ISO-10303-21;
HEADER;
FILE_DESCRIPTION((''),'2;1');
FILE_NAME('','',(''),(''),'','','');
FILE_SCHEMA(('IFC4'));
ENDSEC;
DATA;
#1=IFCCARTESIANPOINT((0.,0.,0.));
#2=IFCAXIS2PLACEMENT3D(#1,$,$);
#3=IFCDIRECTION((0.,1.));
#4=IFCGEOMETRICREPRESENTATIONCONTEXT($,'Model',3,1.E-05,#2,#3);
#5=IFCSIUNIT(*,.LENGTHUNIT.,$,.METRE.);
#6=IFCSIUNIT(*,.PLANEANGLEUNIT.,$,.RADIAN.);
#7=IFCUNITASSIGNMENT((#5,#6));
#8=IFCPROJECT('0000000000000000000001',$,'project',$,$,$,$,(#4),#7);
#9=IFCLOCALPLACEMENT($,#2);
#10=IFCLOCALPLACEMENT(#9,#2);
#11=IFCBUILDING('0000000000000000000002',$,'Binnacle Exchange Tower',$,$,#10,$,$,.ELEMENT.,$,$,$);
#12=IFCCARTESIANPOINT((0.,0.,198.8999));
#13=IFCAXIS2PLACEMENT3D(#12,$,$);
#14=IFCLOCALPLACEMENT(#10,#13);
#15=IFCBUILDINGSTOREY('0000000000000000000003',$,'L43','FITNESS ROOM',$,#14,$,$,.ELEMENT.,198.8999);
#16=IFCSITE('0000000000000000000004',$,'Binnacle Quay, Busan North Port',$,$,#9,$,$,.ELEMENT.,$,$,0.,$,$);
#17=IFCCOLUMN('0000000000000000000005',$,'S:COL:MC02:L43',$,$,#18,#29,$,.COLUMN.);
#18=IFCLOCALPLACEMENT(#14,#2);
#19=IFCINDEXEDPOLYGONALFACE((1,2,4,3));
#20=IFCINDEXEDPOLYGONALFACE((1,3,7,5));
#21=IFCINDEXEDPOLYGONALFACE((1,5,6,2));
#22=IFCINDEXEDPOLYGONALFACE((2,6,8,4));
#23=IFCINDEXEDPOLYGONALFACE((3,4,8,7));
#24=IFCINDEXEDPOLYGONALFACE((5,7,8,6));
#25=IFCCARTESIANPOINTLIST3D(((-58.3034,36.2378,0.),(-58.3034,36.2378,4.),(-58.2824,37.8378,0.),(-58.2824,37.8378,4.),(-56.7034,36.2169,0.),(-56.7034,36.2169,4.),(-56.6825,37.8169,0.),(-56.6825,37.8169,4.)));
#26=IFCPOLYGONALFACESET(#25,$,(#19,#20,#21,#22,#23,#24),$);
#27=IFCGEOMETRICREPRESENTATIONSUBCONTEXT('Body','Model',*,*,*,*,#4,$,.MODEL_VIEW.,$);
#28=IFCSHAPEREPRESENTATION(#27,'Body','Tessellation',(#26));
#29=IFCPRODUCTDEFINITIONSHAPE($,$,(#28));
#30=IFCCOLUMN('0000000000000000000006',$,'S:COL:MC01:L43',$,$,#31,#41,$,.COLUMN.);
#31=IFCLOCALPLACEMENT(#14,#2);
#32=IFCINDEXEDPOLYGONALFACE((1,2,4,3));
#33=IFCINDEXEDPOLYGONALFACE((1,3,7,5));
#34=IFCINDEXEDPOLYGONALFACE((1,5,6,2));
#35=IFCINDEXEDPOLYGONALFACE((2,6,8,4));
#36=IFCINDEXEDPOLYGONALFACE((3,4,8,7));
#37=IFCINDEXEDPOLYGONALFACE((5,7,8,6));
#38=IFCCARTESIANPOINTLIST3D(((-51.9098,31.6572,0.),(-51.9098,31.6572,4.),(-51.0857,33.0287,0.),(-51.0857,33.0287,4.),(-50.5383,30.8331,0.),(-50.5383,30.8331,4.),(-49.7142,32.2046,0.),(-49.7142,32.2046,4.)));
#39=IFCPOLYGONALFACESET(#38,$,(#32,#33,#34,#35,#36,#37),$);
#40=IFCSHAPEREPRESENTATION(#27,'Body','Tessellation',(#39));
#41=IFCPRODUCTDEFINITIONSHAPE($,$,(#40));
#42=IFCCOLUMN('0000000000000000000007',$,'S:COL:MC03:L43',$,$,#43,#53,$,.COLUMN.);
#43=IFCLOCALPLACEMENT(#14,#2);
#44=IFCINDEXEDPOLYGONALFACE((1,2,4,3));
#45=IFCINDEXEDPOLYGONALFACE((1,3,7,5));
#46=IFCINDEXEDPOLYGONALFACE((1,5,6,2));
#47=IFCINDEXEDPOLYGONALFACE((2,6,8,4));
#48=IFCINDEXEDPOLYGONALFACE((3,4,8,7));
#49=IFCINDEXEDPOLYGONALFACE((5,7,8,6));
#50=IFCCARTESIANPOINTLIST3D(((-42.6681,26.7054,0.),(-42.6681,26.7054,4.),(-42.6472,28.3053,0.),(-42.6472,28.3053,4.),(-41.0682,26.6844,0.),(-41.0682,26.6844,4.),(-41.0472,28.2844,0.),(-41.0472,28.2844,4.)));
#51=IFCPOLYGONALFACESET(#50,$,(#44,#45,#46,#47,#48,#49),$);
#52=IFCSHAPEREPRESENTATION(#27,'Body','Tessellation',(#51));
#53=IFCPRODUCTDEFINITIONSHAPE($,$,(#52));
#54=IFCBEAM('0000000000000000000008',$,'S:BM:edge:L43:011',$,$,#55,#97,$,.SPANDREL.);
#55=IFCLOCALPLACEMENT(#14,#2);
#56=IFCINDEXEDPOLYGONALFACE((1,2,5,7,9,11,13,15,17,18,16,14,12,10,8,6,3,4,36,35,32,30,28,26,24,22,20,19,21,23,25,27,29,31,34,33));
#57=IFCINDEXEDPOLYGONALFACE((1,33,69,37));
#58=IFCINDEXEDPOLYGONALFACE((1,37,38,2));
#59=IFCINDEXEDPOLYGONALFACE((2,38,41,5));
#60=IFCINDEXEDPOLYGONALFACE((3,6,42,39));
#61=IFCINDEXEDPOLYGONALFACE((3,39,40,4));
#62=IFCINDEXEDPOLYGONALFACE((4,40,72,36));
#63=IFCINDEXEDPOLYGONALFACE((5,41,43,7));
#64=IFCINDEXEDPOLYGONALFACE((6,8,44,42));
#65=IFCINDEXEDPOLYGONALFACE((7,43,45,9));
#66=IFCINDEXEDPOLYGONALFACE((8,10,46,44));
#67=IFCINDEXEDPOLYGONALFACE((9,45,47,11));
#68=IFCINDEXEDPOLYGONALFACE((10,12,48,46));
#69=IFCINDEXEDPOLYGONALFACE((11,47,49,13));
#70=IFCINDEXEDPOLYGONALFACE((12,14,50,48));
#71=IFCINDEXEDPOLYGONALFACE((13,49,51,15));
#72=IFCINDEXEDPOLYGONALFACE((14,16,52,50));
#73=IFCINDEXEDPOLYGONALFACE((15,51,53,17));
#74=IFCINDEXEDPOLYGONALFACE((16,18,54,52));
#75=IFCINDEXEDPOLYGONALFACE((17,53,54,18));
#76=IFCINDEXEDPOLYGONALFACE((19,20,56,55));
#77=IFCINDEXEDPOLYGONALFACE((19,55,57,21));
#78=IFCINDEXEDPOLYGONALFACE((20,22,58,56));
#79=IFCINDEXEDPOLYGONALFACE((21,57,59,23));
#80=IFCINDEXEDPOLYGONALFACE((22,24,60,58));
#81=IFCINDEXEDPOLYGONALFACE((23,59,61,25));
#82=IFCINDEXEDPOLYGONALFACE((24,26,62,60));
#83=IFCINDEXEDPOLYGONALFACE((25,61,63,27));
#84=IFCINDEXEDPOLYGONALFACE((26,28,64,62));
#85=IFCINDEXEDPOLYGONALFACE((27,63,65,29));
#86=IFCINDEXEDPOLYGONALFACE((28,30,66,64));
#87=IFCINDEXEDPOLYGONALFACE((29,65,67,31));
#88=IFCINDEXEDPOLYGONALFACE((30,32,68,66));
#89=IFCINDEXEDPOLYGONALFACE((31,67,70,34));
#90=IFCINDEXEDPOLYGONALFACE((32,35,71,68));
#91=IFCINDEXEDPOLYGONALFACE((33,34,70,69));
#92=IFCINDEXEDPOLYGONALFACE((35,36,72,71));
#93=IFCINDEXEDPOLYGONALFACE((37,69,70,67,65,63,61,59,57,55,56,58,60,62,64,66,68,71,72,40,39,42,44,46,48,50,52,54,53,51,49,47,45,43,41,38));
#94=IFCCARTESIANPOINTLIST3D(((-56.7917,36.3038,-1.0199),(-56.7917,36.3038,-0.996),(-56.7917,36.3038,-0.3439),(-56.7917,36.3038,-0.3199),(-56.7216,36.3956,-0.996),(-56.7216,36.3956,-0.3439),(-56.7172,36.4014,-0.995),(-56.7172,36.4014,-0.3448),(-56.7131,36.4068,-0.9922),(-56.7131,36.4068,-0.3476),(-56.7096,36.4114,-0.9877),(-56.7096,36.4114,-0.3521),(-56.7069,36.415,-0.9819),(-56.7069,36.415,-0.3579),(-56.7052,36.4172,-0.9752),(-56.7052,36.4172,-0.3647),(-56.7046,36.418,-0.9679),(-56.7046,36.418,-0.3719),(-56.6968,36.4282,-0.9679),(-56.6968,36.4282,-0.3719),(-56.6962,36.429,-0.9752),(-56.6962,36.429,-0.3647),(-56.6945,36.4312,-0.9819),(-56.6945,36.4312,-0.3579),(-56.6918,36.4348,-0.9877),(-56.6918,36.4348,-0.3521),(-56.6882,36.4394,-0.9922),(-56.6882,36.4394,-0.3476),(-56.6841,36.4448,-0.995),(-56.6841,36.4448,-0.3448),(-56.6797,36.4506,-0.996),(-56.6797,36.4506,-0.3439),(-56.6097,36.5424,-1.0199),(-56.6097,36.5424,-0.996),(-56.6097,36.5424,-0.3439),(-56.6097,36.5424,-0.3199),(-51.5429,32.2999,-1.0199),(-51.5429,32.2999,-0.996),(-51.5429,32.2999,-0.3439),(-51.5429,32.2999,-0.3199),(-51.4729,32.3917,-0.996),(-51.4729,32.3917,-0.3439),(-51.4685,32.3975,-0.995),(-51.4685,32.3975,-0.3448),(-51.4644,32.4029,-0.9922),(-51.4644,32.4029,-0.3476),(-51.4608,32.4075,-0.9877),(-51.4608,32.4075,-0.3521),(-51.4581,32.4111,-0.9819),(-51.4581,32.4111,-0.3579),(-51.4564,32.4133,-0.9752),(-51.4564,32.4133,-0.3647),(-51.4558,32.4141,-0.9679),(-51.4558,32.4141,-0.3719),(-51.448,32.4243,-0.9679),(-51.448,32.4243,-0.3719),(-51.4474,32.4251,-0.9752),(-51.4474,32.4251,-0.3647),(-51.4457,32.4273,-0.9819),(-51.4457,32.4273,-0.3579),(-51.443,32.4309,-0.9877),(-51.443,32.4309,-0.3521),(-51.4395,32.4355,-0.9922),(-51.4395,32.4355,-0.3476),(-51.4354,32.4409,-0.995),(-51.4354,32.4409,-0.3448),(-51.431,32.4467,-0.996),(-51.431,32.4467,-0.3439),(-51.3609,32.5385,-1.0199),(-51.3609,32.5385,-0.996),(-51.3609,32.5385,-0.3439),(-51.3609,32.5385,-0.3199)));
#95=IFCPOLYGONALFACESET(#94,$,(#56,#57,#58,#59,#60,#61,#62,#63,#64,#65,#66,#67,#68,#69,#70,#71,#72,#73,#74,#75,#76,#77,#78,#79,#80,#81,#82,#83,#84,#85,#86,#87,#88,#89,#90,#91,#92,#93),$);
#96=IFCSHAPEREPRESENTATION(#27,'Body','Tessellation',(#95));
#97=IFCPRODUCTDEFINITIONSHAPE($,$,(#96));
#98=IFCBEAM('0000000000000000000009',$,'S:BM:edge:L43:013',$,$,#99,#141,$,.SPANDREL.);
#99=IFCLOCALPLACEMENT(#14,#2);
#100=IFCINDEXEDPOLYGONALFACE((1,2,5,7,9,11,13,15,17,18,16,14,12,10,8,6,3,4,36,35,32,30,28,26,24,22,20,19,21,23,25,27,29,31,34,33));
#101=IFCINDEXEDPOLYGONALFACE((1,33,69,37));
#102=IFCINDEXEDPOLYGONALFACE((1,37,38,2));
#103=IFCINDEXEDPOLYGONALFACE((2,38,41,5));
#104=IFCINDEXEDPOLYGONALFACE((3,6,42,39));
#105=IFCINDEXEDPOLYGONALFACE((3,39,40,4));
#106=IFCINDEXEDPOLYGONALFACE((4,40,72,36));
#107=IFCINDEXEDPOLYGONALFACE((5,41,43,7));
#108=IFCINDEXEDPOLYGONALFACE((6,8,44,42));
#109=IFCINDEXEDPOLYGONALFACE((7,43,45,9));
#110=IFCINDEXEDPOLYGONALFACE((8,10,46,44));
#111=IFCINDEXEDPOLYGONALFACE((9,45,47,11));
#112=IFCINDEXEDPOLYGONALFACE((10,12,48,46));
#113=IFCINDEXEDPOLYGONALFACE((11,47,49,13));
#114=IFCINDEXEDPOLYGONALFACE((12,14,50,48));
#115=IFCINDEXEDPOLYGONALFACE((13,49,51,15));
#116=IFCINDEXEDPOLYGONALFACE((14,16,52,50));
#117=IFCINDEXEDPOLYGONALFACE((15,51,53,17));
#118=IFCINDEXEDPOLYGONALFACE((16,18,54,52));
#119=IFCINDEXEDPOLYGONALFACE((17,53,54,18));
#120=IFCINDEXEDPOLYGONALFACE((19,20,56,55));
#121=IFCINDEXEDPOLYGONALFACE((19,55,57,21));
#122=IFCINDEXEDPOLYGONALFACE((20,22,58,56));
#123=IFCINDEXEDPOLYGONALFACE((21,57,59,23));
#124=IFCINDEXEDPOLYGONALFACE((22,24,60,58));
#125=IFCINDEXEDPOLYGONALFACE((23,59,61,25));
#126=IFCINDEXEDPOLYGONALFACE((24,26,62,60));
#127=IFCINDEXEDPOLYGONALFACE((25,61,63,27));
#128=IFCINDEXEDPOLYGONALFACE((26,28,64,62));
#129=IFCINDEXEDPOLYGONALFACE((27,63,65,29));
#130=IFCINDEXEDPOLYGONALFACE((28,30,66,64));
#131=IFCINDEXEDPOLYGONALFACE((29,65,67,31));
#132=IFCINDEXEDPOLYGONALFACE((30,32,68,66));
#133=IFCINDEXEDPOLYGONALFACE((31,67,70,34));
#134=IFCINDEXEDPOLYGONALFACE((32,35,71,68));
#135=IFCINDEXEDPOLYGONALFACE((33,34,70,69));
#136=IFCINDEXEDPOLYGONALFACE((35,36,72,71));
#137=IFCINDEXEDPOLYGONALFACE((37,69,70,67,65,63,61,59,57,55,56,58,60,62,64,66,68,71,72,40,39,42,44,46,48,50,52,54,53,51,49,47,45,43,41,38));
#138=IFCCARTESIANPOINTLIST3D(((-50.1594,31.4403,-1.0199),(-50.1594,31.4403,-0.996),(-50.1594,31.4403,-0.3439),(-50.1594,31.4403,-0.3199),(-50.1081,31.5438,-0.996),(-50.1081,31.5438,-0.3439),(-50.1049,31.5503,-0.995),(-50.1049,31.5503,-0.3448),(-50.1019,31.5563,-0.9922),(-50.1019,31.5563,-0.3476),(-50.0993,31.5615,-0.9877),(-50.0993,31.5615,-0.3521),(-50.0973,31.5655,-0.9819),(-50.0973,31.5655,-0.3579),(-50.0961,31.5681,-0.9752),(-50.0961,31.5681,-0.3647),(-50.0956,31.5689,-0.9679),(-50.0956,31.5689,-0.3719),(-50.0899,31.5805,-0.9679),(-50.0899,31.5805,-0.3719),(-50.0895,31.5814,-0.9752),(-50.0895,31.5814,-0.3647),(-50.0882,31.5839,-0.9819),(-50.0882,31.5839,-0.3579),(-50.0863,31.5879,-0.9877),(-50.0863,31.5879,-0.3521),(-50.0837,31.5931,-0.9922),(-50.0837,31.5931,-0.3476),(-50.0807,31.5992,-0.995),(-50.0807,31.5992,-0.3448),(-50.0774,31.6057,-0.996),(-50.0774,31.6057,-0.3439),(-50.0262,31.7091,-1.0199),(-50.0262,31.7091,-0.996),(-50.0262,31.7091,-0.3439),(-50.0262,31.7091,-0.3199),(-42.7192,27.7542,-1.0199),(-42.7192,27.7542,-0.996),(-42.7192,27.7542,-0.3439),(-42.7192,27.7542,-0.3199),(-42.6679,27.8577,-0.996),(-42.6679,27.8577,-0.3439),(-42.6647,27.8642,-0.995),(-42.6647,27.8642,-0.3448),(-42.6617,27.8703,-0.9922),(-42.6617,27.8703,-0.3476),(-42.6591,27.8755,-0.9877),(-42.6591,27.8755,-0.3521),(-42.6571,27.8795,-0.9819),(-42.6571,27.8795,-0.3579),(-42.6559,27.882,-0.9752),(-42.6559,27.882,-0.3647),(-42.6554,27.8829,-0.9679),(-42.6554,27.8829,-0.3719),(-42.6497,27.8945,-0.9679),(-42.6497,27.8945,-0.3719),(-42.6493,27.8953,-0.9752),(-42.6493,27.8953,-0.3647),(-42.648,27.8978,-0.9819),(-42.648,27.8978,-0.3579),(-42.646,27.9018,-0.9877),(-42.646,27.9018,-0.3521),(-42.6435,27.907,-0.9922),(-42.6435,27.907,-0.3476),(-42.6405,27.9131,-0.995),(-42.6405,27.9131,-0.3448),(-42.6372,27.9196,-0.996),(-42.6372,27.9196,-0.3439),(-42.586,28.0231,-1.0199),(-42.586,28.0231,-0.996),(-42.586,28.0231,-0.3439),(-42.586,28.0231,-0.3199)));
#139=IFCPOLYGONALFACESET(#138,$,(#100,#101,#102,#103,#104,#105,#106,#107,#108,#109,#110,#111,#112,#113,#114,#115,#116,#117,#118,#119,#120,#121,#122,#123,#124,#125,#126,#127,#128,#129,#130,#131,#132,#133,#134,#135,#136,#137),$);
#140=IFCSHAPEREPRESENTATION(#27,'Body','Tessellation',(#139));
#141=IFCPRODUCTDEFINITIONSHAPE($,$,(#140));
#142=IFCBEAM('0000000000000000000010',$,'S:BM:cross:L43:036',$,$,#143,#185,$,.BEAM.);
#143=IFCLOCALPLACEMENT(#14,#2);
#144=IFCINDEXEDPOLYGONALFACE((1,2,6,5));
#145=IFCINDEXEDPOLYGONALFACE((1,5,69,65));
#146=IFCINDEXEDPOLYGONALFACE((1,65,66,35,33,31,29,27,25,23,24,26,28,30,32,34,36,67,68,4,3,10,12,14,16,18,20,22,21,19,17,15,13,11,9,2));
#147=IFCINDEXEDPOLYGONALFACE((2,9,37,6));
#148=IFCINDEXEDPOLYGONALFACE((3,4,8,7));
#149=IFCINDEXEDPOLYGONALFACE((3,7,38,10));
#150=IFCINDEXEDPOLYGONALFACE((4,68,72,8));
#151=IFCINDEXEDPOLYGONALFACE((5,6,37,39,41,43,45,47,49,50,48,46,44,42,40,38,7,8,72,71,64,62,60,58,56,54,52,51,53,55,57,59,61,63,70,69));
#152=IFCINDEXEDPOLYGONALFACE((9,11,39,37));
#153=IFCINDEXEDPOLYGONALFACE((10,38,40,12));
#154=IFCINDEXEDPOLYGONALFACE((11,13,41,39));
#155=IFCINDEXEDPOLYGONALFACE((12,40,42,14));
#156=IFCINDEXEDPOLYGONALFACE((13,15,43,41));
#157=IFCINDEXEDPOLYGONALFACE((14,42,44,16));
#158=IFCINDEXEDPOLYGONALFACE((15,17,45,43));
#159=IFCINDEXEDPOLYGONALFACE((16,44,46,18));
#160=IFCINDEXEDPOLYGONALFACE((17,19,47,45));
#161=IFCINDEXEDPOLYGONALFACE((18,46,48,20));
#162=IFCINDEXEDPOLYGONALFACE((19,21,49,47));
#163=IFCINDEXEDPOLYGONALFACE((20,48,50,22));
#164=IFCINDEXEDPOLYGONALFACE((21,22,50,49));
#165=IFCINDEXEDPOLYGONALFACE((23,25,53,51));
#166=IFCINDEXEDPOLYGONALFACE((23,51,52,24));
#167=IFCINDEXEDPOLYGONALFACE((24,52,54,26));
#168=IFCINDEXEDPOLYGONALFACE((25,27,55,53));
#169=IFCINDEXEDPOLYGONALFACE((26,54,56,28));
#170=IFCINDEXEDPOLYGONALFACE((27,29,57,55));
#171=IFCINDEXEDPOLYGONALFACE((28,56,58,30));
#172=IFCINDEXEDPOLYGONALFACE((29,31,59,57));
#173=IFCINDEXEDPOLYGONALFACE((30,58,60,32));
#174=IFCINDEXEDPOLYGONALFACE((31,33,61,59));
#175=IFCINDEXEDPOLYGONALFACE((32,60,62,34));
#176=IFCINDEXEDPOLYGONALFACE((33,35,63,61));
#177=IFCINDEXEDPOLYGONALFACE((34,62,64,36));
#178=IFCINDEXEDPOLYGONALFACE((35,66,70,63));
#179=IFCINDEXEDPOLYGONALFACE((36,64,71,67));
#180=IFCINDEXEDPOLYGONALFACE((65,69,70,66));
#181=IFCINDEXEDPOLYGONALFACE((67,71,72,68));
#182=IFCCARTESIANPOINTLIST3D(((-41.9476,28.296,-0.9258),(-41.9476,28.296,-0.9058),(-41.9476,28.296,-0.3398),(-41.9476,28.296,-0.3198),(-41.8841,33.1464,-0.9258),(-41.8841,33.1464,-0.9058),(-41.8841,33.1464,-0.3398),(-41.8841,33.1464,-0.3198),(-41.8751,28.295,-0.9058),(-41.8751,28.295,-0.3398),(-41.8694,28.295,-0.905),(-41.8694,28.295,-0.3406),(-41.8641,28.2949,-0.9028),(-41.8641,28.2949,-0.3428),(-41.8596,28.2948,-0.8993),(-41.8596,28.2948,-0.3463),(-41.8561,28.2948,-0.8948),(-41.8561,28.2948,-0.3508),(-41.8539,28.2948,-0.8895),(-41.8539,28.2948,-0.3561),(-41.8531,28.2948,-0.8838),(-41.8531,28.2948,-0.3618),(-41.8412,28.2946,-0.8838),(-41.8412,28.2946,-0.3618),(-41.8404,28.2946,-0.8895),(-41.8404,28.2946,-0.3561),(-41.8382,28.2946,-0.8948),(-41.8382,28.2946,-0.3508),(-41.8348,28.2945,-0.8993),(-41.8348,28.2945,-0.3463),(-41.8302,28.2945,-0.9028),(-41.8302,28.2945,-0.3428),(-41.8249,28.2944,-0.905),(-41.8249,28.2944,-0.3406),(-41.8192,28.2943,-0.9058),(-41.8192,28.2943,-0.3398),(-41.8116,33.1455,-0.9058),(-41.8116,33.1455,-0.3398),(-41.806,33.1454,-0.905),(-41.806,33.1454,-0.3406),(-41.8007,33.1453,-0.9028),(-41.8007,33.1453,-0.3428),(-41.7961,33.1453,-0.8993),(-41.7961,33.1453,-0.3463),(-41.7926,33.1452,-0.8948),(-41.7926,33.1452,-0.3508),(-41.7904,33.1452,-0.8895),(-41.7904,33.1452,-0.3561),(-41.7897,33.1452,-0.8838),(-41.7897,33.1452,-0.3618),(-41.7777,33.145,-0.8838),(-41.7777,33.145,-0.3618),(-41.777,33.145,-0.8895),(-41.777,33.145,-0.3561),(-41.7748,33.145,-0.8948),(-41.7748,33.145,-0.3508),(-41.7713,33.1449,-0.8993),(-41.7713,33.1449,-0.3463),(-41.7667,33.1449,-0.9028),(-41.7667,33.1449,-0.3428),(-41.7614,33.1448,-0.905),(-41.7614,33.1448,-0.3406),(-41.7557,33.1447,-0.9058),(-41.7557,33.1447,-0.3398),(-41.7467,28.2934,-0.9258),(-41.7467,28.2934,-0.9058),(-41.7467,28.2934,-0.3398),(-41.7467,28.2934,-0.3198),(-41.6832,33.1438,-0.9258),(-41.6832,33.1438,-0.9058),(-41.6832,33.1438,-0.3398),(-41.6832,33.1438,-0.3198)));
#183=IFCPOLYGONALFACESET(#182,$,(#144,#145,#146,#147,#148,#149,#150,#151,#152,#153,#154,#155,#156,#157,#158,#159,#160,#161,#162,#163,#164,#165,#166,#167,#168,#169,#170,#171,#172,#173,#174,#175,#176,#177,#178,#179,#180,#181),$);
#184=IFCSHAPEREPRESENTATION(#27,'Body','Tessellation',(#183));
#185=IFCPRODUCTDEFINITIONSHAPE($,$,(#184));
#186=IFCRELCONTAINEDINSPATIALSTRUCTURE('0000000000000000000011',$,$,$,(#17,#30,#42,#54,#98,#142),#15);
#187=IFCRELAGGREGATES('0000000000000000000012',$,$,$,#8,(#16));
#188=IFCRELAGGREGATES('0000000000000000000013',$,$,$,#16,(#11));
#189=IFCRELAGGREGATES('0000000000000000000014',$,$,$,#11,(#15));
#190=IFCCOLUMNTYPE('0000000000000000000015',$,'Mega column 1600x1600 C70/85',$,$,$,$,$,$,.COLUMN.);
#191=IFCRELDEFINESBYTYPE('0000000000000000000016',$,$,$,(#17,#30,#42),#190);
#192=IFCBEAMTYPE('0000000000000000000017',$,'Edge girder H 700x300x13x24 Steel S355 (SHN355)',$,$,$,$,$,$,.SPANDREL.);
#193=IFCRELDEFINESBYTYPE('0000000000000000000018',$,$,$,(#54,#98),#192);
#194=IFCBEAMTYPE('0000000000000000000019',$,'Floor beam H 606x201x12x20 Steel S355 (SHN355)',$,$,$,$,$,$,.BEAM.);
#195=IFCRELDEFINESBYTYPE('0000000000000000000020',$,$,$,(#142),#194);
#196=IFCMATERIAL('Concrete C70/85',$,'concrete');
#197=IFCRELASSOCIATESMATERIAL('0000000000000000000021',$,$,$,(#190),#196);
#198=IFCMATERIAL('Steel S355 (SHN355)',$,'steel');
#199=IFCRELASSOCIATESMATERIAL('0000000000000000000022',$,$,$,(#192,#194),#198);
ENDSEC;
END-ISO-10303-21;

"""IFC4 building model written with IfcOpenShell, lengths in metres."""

from ifc_helpers import new_model, si_unit, direction, frame, origin, origin_2d, place, context, subcontext, project, spatial, rectangle, i_section, extrude, material, material_profile, profile_set, type_object, element, save


model = new_model("IFC4")

# Units and contexts
model_context = context("Model", 3, precision=1e-05, world=origin(), true_north=direction((0.0, 1.0)))
body_context = subcontext(model_context, "Body", "Model", "MODEL_VIEW")
ifc_project = project(units=[si_unit("LENGTHUNIT", "METRE"), si_unit("PLANEANGLEUNIT", "RADIAN")], contexts=[model_context])

# Site, building, storey
site_placement = place(None, origin())
site = spatial("IfcSite", under=ifc_project, at=site_placement, Name="Binnacle Quay, Busan North Port", CompositionType="ELEMENT", RefElevation=0.0)
building_placement = place(site_placement, origin())
building = spatial("IfcBuilding", under=site, at=building_placement, Name="Binnacle Exchange Tower", CompositionType="ELEMENT")
storey_placement = place(building_placement, frame((0.0, 0.0, 198.8999)))
storey = spatial("IfcBuildingStorey", under=building, at=storey_placement, Name="L43", Description="FITNESS ROOM", CompositionType="ELEMENT", Elevation=198.8999)

# Columns
ifc_material_1 = material(Name="Concrete C70/85", Category="concrete")
ifc_material_profile_1 = material_profile(ifc_material_1, rectangle(XDim=1.6001, YDim=1.6001, at=origin_2d()), Name="Mega column 1600x1600 C70/85")
ifc_profile_set_1 = profile_set([ifc_material_profile_1], Name="Concrete C70/85")
column_type = type_object("IfcColumnType", Name="Mega column 1600x1600 C70/85", PredefinedType="COLUMN", material=ifc_profile_set_1)
for number, where, z_axis, x_axis, name in (
    (1, (-57.4929, 37.0273, 0.0), (0.0, 0.0, 1.0), (-0.01309, -0.999914, 0.0), "S:COL:MC02:L43"),
    (2, (-50.812, 31.9309, 0.0), (0.0, 0.0, 1.0), (0.857167, -0.515038, 0.0), "S:COL:MC01:L43"),
    (3, (-41.8577, 27.4949, 0.0), (0.0, 0.0, 1.0), (0.999914, -0.01309, 0.0), "S:COL:MC03:L43"),
):
    element("IfcColumn", number, at=place(storey_placement, frame(where, z_axis=z_axis, x_axis=x_axis)), inside=storey, type_object=column_type, Name=name, PredefinedType="COLUMN", context=body_context, shape_type="SweptSolid", body=[
        extrude(rectangle(XDim=1.6001, YDim=1.6001, at=origin_2d()), origin(), (0.0, 0.0, 1.0), 4.0),
    ])

# Beams
ifc_material_2 = material(Name="Steel S355 (SHN355)", Category="steel")
ifc_material_profile_2 = material_profile(ifc_material_2, i_section(OverallWidth=0.3, OverallDepth=0.7, WebThickness=0.0129, FlangeThickness=0.0239, FilletRadius=0.0281, at=origin_2d()), Name="H 700x300x13x24")
ifc_profile_set_2 = profile_set([ifc_material_profile_2], Name="Steel S355 (SHN355)")
beam_type_1 = type_object("IfcBeamType", Name="Edge girder H 700x300x13x24 Steel S355 (SHN355)", PredefinedType="SPANDREL", material=ifc_profile_set_2)
beam_1_placement = place(storey_placement, frame((-56.7007, 36.4231, -0.6699), z_axis=(0.795078, -0.606507, 0.0), x_axis=(0.606507, 0.795078, 0.0)))
element("IfcBeam", 4, at=beam_1_placement, inside=storey, type_object=beam_type_1, Name="S:BM:edge:L43:011", PredefinedType="SPANDREL", context=body_context, shape_type="SweptSolid", body=[
    extrude(i_section(OverallWidth=0.3, OverallDepth=0.7, WebThickness=0.0129, FlangeThickness=0.0239, FilletRadius=0.0281, at=origin_2d()), origin(), (0.0, 0.0, 1.0), 6.6016),
])
beam_2_placement = place(storey_placement, frame((-50.0928, 31.5747, -0.6699), z_axis=(0.896062, -0.443929, 0.0), x_axis=(0.443929, 0.896062, 0.0)))
element("IfcBeam", 5, at=beam_2_placement, inside=storey, type_object=beam_type_1, Name="S:BM:edge:L43:013", PredefinedType="SPANDREL", context=body_context, shape_type="SweptSolid", body=[
    extrude(i_section(OverallWidth=0.3, OverallDepth=0.7, WebThickness=0.0129, FlangeThickness=0.0239, FilletRadius=0.0281, at=origin_2d()), origin(), (0.0, 0.0, 1.0), 8.3032),
])
ifc_material_profile_3 = material_profile(ifc_material_2, i_section(OverallWidth=0.2009, OverallDepth=0.606, WebThickness=0.012, FlangeThickness=0.02, FilletRadius=0.022, at=origin_2d()), Name="H 606x201x12x20")
ifc_profile_set_3 = profile_set([ifc_material_profile_3], Name="Steel S355 (SHN355)")
beam_type_2 = type_object("IfcBeamType", Name="Floor beam H 606x201x12x20 Steel S355 (SHN355)", PredefinedType="BEAM", material=ifc_profile_set_3)
beam_3_placement = place(storey_placement, frame((-41.8472, 28.2947, -0.6228), z_axis=(0.013086, 0.999914, 0.0), x_axis=(-0.999914, 0.013086, 0.0)))
element("IfcBeam", 6, at=beam_3_placement, inside=storey, type_object=beam_type_2, Name="S:BM:cross:L43:036", PredefinedType="BEAM", context=body_context, shape_type="SweptSolid", body=[
    extrude(i_section(OverallWidth=0.2009, OverallDepth=0.606, WebThickness=0.012, FlangeThickness=0.02, FilletRadius=0.022, at=origin_2d()), origin(), (0.0, 0.0, 1.0), 4.8508),
])

save(model, "model.ifc")
